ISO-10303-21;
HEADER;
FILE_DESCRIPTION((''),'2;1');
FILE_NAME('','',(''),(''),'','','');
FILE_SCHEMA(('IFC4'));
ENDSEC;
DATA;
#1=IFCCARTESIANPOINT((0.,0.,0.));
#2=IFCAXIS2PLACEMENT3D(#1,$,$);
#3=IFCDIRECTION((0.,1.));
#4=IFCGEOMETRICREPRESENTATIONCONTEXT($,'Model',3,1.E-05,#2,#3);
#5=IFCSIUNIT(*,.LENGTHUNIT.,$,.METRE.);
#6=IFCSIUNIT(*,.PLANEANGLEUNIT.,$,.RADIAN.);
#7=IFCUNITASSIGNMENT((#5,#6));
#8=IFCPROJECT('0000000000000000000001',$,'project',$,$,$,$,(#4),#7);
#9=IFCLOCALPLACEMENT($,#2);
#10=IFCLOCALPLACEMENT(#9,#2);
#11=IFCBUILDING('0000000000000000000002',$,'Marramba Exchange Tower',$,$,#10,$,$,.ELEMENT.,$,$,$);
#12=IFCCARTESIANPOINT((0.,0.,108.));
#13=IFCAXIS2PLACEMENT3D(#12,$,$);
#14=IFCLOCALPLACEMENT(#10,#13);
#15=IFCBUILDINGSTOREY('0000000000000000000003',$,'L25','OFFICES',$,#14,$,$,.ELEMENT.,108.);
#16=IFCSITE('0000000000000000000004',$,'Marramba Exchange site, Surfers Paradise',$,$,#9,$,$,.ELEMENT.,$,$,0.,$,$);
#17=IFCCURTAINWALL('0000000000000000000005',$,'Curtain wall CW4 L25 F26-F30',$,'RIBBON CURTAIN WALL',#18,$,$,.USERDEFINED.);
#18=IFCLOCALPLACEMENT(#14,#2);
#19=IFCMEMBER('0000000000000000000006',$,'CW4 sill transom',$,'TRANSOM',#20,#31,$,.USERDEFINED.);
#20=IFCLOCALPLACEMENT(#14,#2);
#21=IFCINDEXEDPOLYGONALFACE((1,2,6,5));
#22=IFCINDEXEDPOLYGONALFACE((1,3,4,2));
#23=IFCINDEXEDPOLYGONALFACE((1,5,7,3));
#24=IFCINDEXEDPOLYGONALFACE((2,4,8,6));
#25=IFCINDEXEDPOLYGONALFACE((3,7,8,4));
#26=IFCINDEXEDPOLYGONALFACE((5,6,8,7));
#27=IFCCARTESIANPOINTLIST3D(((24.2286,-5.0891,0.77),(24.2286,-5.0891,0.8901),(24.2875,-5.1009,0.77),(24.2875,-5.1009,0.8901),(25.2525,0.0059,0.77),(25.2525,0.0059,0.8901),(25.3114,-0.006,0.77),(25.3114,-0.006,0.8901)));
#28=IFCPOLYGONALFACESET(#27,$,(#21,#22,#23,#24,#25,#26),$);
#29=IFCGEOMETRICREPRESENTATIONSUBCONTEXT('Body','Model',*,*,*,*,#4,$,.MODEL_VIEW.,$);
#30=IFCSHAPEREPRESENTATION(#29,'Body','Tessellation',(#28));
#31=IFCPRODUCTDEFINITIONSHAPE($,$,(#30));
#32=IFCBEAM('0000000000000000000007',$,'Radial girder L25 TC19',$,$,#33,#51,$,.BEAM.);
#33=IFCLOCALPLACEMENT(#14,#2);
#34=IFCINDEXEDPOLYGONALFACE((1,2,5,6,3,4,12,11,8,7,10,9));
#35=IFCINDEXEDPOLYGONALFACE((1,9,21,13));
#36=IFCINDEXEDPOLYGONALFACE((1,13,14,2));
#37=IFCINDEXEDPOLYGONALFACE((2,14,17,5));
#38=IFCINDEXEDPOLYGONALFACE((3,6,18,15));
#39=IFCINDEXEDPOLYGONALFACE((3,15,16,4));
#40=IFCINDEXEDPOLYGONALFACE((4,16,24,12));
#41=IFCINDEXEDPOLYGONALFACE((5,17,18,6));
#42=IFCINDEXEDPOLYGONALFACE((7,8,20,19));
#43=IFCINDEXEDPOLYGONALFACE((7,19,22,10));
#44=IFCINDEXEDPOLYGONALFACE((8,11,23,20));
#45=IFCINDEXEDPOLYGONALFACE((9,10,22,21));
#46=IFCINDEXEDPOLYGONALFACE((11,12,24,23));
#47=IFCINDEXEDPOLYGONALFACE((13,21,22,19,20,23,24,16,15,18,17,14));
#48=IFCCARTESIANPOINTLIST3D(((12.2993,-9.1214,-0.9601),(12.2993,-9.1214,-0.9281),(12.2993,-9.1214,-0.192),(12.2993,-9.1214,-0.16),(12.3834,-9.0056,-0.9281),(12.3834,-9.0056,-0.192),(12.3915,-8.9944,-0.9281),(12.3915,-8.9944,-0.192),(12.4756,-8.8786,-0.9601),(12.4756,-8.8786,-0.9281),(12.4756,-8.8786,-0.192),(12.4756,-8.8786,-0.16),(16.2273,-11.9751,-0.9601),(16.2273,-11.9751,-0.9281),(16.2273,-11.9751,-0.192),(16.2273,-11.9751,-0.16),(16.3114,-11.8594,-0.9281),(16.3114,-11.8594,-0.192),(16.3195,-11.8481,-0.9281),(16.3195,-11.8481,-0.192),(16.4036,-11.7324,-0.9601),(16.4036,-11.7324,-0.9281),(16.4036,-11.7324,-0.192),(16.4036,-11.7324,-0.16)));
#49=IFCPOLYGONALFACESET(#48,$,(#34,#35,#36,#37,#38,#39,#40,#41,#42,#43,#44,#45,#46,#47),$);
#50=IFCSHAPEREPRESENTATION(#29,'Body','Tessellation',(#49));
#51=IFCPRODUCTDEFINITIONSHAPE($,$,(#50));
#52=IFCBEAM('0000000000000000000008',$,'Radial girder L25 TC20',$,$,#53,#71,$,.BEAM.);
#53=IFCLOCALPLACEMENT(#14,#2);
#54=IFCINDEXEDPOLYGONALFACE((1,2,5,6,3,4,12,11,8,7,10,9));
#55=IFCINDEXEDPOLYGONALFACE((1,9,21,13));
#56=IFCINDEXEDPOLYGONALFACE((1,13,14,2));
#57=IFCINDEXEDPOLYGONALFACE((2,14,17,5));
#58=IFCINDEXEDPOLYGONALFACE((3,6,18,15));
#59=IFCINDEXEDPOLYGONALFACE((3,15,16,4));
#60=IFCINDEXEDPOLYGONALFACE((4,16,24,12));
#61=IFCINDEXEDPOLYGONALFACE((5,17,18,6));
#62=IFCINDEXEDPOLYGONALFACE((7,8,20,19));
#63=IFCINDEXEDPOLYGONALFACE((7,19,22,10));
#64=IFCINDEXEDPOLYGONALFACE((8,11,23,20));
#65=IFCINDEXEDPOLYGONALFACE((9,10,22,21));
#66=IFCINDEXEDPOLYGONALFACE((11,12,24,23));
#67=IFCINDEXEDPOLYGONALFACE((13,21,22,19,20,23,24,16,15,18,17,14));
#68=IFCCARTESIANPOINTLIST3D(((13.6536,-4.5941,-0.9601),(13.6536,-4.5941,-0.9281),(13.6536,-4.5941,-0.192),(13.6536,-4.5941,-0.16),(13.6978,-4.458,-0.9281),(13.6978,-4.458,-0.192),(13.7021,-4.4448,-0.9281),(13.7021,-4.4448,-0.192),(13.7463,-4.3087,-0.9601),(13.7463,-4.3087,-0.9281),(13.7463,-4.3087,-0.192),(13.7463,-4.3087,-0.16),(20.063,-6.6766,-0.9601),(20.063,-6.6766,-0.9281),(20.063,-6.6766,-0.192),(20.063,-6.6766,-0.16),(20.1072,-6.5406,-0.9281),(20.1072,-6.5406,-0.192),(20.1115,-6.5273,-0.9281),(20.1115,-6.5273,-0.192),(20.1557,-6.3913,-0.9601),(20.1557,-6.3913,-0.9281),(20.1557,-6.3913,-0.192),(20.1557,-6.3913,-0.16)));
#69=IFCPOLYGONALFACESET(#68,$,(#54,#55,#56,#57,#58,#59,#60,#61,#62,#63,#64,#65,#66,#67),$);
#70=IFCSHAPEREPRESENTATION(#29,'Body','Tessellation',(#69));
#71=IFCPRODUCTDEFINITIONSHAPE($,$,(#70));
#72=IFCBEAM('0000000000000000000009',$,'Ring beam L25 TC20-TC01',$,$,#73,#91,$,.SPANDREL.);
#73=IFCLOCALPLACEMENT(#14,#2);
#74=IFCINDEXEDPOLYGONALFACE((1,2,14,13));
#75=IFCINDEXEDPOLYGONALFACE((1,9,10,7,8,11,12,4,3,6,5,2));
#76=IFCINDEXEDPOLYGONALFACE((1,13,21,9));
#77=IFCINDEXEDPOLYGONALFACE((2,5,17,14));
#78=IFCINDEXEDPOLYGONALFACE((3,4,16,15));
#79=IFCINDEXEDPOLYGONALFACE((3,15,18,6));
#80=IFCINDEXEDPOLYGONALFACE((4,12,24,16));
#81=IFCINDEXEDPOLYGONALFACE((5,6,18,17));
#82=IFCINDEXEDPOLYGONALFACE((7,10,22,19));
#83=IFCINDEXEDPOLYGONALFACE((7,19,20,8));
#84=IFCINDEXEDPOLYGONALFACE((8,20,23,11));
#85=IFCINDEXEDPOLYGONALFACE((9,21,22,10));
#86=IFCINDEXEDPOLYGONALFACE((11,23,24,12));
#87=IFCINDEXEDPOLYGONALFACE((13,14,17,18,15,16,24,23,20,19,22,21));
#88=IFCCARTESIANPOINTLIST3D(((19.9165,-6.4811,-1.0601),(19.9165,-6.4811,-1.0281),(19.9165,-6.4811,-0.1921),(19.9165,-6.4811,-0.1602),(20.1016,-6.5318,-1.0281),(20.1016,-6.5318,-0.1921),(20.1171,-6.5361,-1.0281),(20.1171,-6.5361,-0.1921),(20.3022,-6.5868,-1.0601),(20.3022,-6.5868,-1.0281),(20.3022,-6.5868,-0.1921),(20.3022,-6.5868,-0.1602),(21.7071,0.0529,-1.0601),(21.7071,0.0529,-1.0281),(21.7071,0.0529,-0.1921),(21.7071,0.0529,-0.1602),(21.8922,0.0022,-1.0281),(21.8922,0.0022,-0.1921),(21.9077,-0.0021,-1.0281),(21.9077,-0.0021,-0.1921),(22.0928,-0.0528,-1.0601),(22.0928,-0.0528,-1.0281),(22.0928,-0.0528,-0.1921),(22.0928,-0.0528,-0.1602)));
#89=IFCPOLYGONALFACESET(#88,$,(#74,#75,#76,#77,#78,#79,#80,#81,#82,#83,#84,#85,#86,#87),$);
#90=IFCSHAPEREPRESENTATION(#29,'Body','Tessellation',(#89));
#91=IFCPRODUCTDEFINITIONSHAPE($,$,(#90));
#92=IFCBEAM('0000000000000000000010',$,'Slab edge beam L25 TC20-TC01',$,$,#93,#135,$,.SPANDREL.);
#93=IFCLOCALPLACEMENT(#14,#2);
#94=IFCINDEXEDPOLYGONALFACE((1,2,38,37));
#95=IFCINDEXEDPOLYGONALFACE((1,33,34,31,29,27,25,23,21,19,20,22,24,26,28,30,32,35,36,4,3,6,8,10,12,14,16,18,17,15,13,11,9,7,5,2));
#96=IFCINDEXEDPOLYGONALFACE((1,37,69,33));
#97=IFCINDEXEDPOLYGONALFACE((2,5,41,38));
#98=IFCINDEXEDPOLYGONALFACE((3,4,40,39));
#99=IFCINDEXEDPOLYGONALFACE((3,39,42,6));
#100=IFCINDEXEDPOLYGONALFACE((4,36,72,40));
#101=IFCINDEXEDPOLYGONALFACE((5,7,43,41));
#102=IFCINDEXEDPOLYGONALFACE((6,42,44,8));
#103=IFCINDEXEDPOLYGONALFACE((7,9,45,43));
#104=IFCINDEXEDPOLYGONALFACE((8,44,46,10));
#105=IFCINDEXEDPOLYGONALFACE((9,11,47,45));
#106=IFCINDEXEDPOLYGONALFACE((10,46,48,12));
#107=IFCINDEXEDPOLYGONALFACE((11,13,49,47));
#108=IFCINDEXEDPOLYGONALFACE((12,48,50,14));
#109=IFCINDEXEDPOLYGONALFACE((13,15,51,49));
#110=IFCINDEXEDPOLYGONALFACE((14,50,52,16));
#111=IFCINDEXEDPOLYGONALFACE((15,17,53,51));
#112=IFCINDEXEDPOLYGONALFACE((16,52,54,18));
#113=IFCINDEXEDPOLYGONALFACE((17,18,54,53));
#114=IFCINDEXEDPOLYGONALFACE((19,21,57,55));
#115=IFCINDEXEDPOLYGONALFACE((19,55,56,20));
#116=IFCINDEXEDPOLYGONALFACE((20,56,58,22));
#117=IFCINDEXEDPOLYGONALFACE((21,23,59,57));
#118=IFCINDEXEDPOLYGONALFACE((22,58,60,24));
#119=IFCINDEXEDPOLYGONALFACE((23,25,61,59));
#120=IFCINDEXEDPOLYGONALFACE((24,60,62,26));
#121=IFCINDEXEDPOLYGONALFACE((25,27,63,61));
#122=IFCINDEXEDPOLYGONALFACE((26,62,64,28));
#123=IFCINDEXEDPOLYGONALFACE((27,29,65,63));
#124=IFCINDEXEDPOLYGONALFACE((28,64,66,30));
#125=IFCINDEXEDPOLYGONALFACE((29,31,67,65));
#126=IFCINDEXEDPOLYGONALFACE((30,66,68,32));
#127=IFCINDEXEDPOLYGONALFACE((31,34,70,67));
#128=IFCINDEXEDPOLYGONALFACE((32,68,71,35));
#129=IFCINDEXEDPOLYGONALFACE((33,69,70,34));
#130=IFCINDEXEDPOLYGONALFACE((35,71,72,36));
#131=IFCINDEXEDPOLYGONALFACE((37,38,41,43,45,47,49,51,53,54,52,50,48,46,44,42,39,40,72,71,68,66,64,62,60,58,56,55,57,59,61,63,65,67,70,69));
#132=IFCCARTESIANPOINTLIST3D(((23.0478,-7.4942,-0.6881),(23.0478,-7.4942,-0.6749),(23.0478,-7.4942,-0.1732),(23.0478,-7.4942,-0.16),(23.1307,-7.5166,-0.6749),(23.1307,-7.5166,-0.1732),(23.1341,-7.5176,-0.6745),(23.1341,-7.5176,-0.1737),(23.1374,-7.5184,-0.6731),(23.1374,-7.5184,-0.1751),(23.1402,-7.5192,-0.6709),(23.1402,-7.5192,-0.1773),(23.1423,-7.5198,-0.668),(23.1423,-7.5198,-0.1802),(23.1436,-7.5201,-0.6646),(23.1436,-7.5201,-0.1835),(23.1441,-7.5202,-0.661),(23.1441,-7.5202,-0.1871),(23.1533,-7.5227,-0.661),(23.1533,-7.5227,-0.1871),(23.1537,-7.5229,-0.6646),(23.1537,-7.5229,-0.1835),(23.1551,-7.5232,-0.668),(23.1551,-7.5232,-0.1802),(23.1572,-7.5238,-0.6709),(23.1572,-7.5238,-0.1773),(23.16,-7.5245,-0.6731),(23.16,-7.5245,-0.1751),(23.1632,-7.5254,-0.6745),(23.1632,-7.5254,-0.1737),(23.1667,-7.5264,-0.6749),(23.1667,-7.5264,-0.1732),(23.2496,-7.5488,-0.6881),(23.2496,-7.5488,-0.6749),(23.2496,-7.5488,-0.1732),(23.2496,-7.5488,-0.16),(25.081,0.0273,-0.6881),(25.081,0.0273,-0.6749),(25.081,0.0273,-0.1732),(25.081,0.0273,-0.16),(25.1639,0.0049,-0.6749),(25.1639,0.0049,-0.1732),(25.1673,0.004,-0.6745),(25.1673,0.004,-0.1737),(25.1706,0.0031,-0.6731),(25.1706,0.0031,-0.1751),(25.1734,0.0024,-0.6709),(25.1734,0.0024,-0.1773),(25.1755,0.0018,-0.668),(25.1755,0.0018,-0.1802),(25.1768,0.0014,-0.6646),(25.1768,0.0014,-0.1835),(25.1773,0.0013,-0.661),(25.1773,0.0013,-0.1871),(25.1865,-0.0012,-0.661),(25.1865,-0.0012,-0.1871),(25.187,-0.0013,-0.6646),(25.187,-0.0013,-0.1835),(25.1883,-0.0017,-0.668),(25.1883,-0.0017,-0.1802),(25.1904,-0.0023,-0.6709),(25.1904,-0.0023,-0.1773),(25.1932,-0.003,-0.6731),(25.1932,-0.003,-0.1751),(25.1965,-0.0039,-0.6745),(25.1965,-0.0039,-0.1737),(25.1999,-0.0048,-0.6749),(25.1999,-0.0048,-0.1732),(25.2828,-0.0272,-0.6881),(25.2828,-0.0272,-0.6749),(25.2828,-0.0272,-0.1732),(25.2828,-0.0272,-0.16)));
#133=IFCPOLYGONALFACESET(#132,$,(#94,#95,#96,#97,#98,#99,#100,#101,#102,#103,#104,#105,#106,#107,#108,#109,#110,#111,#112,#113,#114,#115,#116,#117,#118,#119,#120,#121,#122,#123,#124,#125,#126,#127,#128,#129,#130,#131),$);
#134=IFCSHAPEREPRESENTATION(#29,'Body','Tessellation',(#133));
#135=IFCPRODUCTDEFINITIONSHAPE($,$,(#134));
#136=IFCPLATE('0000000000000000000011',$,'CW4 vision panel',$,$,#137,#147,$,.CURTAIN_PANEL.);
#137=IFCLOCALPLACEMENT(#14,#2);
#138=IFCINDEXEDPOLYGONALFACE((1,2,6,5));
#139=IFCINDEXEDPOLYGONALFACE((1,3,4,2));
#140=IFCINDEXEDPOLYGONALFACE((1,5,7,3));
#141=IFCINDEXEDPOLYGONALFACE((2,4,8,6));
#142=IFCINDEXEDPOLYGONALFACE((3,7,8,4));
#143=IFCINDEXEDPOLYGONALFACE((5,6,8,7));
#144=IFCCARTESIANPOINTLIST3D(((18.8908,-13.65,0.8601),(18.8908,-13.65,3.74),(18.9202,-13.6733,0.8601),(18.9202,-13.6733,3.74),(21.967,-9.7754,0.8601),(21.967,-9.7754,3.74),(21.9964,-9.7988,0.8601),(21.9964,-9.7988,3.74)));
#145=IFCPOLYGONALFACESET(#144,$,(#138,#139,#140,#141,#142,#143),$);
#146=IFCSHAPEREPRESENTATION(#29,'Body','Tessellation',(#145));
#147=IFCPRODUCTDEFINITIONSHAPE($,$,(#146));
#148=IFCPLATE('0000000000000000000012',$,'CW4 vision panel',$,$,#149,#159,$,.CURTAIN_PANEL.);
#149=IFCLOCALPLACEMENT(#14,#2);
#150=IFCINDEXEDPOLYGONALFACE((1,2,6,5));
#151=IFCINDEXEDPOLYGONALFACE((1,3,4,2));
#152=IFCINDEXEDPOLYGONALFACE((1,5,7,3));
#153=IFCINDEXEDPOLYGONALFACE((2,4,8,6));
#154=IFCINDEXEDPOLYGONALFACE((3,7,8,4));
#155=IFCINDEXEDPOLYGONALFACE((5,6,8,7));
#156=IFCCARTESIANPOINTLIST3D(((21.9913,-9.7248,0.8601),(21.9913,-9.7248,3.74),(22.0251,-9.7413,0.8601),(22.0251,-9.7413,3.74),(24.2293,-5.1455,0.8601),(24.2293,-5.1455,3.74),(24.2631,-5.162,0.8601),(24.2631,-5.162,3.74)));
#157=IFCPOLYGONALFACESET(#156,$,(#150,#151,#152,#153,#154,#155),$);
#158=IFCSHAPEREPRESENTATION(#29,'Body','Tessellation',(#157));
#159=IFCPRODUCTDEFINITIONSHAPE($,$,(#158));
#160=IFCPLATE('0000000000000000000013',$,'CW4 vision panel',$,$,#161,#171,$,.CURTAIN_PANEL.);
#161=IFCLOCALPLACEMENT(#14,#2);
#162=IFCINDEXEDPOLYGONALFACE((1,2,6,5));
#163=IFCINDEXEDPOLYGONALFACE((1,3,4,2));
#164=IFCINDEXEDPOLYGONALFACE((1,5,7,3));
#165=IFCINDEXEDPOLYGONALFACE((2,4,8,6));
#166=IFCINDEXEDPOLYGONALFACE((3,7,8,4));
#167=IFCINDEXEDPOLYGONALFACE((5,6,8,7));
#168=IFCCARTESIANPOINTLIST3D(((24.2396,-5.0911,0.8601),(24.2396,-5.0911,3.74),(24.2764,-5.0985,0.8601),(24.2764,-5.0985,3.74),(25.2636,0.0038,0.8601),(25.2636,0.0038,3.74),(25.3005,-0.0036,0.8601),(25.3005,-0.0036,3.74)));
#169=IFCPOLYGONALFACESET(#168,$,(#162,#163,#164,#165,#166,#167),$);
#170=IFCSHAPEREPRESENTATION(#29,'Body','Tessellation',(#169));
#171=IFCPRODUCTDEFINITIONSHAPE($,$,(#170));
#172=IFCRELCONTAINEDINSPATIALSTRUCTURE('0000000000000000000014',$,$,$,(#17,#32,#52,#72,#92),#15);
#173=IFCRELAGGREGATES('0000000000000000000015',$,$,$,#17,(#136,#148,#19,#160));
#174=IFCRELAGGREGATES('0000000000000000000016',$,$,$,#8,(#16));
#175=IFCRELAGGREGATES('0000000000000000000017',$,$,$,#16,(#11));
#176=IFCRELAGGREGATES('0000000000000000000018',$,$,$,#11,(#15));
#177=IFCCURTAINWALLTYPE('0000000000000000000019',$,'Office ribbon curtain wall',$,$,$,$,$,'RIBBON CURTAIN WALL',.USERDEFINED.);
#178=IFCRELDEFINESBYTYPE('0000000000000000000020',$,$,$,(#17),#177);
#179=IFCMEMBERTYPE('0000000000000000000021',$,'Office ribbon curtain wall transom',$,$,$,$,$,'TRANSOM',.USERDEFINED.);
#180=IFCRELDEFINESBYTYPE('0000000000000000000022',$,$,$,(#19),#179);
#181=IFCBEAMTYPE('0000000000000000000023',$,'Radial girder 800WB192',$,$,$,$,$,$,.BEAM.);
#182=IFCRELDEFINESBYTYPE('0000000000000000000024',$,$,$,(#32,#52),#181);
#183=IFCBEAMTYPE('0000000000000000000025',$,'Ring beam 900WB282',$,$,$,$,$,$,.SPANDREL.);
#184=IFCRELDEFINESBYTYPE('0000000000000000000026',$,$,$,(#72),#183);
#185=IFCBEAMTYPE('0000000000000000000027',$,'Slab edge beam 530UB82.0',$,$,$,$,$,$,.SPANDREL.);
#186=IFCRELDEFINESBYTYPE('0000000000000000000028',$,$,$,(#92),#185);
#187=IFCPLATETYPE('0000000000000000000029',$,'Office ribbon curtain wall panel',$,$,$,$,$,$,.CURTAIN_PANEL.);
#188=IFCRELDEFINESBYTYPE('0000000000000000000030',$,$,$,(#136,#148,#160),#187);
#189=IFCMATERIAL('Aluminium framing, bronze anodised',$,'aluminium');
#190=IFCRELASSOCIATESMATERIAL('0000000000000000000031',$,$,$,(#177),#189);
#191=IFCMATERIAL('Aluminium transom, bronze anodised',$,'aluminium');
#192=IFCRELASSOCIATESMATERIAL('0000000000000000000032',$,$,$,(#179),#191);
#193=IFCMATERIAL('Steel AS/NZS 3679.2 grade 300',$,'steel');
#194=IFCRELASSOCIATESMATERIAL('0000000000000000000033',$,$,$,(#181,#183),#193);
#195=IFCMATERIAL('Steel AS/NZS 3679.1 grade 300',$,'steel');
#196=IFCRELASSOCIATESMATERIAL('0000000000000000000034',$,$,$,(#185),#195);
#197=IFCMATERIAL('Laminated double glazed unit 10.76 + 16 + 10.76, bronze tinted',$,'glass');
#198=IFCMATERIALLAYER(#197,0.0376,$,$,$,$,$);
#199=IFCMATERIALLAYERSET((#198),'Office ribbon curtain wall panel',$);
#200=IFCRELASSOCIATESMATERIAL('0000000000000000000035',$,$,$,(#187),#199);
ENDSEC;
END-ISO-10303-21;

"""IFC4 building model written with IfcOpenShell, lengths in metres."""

from ifc_helpers import new_model, si_unit, direction, frame, origin, origin_2d, place, context, subcontext, project, spatial, rectangle, i_section, extrude, material, layer, layer_set, material_profile, profile_set, type_object, element, aggregate, save


model = new_model("IFC4")

# Units and contexts
model_context = context("Model", 3, precision=1e-05, world=origin(), true_north=direction((0.0, 1.0)))
body_context = subcontext(model_context, "Body", "Model", "MODEL_VIEW")
ifc_project = project(units=[si_unit("LENGTHUNIT", "METRE"), si_unit("PLANEANGLEUNIT", "RADIAN")], contexts=[model_context])

# Site, building, storey
site_placement = place(None, origin())
site = spatial("IfcSite", under=ifc_project, at=site_placement, Name="Marramba Exchange site, Surfers Paradise", CompositionType="ELEMENT", RefElevation=0.0)
building_placement = place(site_placement, origin())
building = spatial("IfcBuilding", under=site, at=building_placement, Name="Marramba Exchange Tower", CompositionType="ELEMENT")
storey_placement = place(building_placement, frame((0.0, 0.0, 108.0)))
storey = spatial("IfcBuildingStorey", under=building, at=storey_placement, Name="L25", Description="OFFICES", CompositionType="ELEMENT", Elevation=108.0)

# Shared definitions
ifc_material_1 = material(Name="Steel AS/NZS 3679.2 grade 300", Category="steel")
ifc_material_2 = material(Name="Steel AS/NZS 3679.1 grade 300", Category="steel")

# Curtain wall, member
ifc_material_3 = material(Name="Aluminium framing, bronze anodised", Category="aluminium")
curtain_wall_type = type_object("IfcCurtainWallType", Name="Office ribbon curtain wall", ElementType="RIBBON CURTAIN WALL", PredefinedType="USERDEFINED", material=ifc_material_3)
curtain_wall_placement = place(storey_placement, origin())
curtain_wall = element("IfcCurtainWall", 1, at=curtain_wall_placement, inside=storey, type_object=curtain_wall_type, Name="Curtain wall CW4 L25 F26-F30", ObjectType="RIBBON CURTAIN WALL", PredefinedType="USERDEFINED")
ifc_material_4 = material(Name="Aluminium transom, bronze anodised", Category="aluminium")
ifc_material_profile_1 = material_profile(ifc_material_4, rectangle(XDim=0.0601, YDim=0.1201, at=origin_2d()), Name="CW4 transom 60x120")
ifc_profile_set_1 = profile_set([ifc_material_profile_1], Name="Aluminium transom, bronze anodised")
member_type_1 = type_object("IfcMemberType", Name="Office ribbon curtain wall transom", ElementType="TRANSOM", PredefinedType="USERDEFINED", material=ifc_profile_set_1)
member_1_placement = place(storey_placement, frame((24.2581, -5.095, 0.8301), z_axis=(0.197029, 0.980398, 0.0), x_axis=(-0.980398, 0.197029, 0.0)))
member_1 = element("IfcMember", 2, at=member_1_placement, type_object=member_type_1, Name="CW4 sill transom", ObjectType="TRANSOM", PredefinedType="USERDEFINED", context=body_context, shape_type="SweptSolid", body=[
    extrude(rectangle(XDim=0.0601, YDim=0.1201, at=origin_2d()), origin(), (0.0, 0.0, 1.0), 5.1968),
])

# Beams
ifc_material_profile_2 = material_profile(ifc_material_1, i_section(OverallWidth=0.3, OverallDepth=0.8, WebThickness=0.0139, FlangeThickness=0.032, at=origin_2d()), Name="800WB192")
ifc_profile_set_2 = profile_set([ifc_material_profile_2], Name="Steel AS/NZS 3679.2 grade 300")
beam_type_1 = type_object("IfcBeamType", Name="Radial girder 800WB192", PredefinedType="BEAM", material=ifc_profile_set_2)
beam_1_placement = place(storey_placement, frame((12.3875, -9.0, -0.5601), z_axis=(0.809025, -0.587774, 0.0), x_axis=(0.587774, 0.809025, 0.0)))
element("IfcBeam", 3, at=beam_1_placement, inside=storey, type_object=beam_type_1, Name="Radial girder L25 TC19", PredefinedType="BEAM", context=body_context, shape_type="SweptSolid", body=[
    extrude(i_section(OverallWidth=0.3, OverallDepth=0.8, WebThickness=0.0139, FlangeThickness=0.032, at=origin_2d()), origin(), (0.0, 0.0, 1.0), 4.8552),
])
beam_2_placement = place(storey_placement, frame((13.7, -4.4514, -0.5601), z_axis=(0.951058, -0.309013, 0.0), x_axis=(0.309013, 0.951058, 0.0)))
element("IfcBeam", 4, at=beam_2_placement, inside=storey, type_object=beam_type_1, Name="Radial girder L25 TC20", PredefinedType="BEAM", context=body_context, shape_type="SweptSolid", body=[
    extrude(i_section(OverallWidth=0.3, OverallDepth=0.8, WebThickness=0.0139, FlangeThickness=0.032, at=origin_2d()), origin(), (0.0, 0.0, 1.0), 6.7393),
])
ifc_material_profile_3 = material_profile(ifc_material_1, i_section(OverallWidth=0.3999, OverallDepth=0.8999, WebThickness=0.0161, FlangeThickness=0.032, at=origin_2d()), Name="900WB282")
ifc_profile_set_3 = profile_set([ifc_material_profile_3], Name="Steel AS/NZS 3679.2 grade 300")
beam_type_2 = type_object("IfcBeamType", Name="Ring beam 900WB282", PredefinedType="SPANDREL", material=ifc_profile_set_3)
beam_3_placement = place(storey_placement, frame((20.1094, -6.5339, -0.6101), z_axis=(0.264291, 0.964443, 0.0), x_axis=(-0.964443, 0.264291, 0.0)))
element("IfcBeam", 5, at=beam_3_placement, inside=storey, type_object=beam_type_2, Name="Ring beam L25 TC20-TC01", PredefinedType="SPANDREL", context=body_context, shape_type="SweptSolid", body=[
    extrude(i_section(OverallWidth=0.3999, OverallDepth=0.8999, WebThickness=0.0161, FlangeThickness=0.032, at=origin_2d()), origin(), (0.0, 0.0, 1.0), 6.7749),
])
ifc_material_profile_4 = material_profile(ifc_material_2, i_section(OverallWidth=0.209, OverallDepth=0.5281, WebThickness=0.0095, FlangeThickness=0.0132, FilletRadius=0.0139, at=origin_2d()), Name="530UB82.0")
ifc_profile_set_4 = profile_set([ifc_material_profile_4], Name="Steel AS/NZS 3679.1 grade 300")
beam_type_3 = type_object("IfcBeamType", Name="Slab edge beam 530UB82.0", PredefinedType="SPANDREL", material=ifc_profile_set_4)
beam_4_placement = place(storey_placement, frame((23.1487, -7.5215, -0.4241), z_axis=(0.260953, 0.965351, 0.0), x_axis=(-0.965351, 0.260953, 0.0)))
element("IfcBeam", 6, at=beam_4_placement, inside=storey, type_object=beam_type_3, Name="Slab edge beam L25 TC20-TC01", PredefinedType="SPANDREL", context=body_context, shape_type="SweptSolid", body=[
    extrude(i_section(OverallWidth=0.209, OverallDepth=0.5281, WebThickness=0.0095, FlangeThickness=0.0132, FilletRadius=0.0139, at=origin_2d()), origin(), (0.0, 0.0, 1.0), 7.7915),
])

# Plates
ifc_material_5 = material(Name="Laminated double glazed unit 10.76 + 16 + 10.76, bronze tinted", Category="glass")
ifc_layer_1 = layer(ifc_material_5, 0.0376)
ifc_layer_set_1 = layer_set([ifc_layer_1], Name="Office ribbon curtain wall panel")
plate_type = type_object("IfcPlateType", Name="Office ribbon curtain wall panel", PredefinedType="CURTAIN_PANEL", material=ifc_layer_set_1)
plate_1_placement = place(storey_placement, frame((20.4436, -11.7244, 0.8601), z_axis=(0.0, 0.0, 1.0), x_axis=(0.621807, 0.78317, 0.0)))
plate_1 = element("IfcPlate", 7, at=plate_1_placement, type_object=plate_type, Name="CW4 vision panel", PredefinedType="CURTAIN_PANEL", context=body_context, shape_type="SweptSolid", body=[
    extrude(rectangle(XDim=4.9473, YDim=0.0376, at=origin_2d()), origin(), (0.0, 0.0, 1.0), 2.8799),
])
plate_2_placement = place(storey_placement, frame((23.1272, -7.4434, 0.8601), z_axis=(0.0, 0.0, 1.0), x_axis=(0.439086, 0.898445, 0.0)))
plate_2 = element("IfcPlate", 8, at=plate_2_placement, type_object=plate_type, Name="CW4 vision panel", PredefinedType="CURTAIN_PANEL", context=body_context, shape_type="SweptSolid", body=[
    extrude(rectangle(XDim=5.0969, YDim=0.0376, at=origin_2d()), origin(), (0.0, 0.0, 1.0), 2.8799),
])
plate_3_placement = place(storey_placement, frame((24.77, -2.5474, 0.8601), z_axis=(0.0, 0.0, 1.0), x_axis=(0.197049, 0.980394, 0.0)))
plate_3 = element("IfcPlate", 9, at=plate_3_placement, type_object=plate_type, Name="CW4 vision panel", PredefinedType="CURTAIN_PANEL", context=body_context, shape_type="SweptSolid", body=[
    extrude(rectangle(XDim=5.1968, YDim=0.0376, at=origin_2d()), origin(), (0.0, 0.0, 1.0), 2.8799),
])
aggregate(curtain_wall, [plate_1, plate_2, member_1, plate_3])

save(model, "model.ifc")
